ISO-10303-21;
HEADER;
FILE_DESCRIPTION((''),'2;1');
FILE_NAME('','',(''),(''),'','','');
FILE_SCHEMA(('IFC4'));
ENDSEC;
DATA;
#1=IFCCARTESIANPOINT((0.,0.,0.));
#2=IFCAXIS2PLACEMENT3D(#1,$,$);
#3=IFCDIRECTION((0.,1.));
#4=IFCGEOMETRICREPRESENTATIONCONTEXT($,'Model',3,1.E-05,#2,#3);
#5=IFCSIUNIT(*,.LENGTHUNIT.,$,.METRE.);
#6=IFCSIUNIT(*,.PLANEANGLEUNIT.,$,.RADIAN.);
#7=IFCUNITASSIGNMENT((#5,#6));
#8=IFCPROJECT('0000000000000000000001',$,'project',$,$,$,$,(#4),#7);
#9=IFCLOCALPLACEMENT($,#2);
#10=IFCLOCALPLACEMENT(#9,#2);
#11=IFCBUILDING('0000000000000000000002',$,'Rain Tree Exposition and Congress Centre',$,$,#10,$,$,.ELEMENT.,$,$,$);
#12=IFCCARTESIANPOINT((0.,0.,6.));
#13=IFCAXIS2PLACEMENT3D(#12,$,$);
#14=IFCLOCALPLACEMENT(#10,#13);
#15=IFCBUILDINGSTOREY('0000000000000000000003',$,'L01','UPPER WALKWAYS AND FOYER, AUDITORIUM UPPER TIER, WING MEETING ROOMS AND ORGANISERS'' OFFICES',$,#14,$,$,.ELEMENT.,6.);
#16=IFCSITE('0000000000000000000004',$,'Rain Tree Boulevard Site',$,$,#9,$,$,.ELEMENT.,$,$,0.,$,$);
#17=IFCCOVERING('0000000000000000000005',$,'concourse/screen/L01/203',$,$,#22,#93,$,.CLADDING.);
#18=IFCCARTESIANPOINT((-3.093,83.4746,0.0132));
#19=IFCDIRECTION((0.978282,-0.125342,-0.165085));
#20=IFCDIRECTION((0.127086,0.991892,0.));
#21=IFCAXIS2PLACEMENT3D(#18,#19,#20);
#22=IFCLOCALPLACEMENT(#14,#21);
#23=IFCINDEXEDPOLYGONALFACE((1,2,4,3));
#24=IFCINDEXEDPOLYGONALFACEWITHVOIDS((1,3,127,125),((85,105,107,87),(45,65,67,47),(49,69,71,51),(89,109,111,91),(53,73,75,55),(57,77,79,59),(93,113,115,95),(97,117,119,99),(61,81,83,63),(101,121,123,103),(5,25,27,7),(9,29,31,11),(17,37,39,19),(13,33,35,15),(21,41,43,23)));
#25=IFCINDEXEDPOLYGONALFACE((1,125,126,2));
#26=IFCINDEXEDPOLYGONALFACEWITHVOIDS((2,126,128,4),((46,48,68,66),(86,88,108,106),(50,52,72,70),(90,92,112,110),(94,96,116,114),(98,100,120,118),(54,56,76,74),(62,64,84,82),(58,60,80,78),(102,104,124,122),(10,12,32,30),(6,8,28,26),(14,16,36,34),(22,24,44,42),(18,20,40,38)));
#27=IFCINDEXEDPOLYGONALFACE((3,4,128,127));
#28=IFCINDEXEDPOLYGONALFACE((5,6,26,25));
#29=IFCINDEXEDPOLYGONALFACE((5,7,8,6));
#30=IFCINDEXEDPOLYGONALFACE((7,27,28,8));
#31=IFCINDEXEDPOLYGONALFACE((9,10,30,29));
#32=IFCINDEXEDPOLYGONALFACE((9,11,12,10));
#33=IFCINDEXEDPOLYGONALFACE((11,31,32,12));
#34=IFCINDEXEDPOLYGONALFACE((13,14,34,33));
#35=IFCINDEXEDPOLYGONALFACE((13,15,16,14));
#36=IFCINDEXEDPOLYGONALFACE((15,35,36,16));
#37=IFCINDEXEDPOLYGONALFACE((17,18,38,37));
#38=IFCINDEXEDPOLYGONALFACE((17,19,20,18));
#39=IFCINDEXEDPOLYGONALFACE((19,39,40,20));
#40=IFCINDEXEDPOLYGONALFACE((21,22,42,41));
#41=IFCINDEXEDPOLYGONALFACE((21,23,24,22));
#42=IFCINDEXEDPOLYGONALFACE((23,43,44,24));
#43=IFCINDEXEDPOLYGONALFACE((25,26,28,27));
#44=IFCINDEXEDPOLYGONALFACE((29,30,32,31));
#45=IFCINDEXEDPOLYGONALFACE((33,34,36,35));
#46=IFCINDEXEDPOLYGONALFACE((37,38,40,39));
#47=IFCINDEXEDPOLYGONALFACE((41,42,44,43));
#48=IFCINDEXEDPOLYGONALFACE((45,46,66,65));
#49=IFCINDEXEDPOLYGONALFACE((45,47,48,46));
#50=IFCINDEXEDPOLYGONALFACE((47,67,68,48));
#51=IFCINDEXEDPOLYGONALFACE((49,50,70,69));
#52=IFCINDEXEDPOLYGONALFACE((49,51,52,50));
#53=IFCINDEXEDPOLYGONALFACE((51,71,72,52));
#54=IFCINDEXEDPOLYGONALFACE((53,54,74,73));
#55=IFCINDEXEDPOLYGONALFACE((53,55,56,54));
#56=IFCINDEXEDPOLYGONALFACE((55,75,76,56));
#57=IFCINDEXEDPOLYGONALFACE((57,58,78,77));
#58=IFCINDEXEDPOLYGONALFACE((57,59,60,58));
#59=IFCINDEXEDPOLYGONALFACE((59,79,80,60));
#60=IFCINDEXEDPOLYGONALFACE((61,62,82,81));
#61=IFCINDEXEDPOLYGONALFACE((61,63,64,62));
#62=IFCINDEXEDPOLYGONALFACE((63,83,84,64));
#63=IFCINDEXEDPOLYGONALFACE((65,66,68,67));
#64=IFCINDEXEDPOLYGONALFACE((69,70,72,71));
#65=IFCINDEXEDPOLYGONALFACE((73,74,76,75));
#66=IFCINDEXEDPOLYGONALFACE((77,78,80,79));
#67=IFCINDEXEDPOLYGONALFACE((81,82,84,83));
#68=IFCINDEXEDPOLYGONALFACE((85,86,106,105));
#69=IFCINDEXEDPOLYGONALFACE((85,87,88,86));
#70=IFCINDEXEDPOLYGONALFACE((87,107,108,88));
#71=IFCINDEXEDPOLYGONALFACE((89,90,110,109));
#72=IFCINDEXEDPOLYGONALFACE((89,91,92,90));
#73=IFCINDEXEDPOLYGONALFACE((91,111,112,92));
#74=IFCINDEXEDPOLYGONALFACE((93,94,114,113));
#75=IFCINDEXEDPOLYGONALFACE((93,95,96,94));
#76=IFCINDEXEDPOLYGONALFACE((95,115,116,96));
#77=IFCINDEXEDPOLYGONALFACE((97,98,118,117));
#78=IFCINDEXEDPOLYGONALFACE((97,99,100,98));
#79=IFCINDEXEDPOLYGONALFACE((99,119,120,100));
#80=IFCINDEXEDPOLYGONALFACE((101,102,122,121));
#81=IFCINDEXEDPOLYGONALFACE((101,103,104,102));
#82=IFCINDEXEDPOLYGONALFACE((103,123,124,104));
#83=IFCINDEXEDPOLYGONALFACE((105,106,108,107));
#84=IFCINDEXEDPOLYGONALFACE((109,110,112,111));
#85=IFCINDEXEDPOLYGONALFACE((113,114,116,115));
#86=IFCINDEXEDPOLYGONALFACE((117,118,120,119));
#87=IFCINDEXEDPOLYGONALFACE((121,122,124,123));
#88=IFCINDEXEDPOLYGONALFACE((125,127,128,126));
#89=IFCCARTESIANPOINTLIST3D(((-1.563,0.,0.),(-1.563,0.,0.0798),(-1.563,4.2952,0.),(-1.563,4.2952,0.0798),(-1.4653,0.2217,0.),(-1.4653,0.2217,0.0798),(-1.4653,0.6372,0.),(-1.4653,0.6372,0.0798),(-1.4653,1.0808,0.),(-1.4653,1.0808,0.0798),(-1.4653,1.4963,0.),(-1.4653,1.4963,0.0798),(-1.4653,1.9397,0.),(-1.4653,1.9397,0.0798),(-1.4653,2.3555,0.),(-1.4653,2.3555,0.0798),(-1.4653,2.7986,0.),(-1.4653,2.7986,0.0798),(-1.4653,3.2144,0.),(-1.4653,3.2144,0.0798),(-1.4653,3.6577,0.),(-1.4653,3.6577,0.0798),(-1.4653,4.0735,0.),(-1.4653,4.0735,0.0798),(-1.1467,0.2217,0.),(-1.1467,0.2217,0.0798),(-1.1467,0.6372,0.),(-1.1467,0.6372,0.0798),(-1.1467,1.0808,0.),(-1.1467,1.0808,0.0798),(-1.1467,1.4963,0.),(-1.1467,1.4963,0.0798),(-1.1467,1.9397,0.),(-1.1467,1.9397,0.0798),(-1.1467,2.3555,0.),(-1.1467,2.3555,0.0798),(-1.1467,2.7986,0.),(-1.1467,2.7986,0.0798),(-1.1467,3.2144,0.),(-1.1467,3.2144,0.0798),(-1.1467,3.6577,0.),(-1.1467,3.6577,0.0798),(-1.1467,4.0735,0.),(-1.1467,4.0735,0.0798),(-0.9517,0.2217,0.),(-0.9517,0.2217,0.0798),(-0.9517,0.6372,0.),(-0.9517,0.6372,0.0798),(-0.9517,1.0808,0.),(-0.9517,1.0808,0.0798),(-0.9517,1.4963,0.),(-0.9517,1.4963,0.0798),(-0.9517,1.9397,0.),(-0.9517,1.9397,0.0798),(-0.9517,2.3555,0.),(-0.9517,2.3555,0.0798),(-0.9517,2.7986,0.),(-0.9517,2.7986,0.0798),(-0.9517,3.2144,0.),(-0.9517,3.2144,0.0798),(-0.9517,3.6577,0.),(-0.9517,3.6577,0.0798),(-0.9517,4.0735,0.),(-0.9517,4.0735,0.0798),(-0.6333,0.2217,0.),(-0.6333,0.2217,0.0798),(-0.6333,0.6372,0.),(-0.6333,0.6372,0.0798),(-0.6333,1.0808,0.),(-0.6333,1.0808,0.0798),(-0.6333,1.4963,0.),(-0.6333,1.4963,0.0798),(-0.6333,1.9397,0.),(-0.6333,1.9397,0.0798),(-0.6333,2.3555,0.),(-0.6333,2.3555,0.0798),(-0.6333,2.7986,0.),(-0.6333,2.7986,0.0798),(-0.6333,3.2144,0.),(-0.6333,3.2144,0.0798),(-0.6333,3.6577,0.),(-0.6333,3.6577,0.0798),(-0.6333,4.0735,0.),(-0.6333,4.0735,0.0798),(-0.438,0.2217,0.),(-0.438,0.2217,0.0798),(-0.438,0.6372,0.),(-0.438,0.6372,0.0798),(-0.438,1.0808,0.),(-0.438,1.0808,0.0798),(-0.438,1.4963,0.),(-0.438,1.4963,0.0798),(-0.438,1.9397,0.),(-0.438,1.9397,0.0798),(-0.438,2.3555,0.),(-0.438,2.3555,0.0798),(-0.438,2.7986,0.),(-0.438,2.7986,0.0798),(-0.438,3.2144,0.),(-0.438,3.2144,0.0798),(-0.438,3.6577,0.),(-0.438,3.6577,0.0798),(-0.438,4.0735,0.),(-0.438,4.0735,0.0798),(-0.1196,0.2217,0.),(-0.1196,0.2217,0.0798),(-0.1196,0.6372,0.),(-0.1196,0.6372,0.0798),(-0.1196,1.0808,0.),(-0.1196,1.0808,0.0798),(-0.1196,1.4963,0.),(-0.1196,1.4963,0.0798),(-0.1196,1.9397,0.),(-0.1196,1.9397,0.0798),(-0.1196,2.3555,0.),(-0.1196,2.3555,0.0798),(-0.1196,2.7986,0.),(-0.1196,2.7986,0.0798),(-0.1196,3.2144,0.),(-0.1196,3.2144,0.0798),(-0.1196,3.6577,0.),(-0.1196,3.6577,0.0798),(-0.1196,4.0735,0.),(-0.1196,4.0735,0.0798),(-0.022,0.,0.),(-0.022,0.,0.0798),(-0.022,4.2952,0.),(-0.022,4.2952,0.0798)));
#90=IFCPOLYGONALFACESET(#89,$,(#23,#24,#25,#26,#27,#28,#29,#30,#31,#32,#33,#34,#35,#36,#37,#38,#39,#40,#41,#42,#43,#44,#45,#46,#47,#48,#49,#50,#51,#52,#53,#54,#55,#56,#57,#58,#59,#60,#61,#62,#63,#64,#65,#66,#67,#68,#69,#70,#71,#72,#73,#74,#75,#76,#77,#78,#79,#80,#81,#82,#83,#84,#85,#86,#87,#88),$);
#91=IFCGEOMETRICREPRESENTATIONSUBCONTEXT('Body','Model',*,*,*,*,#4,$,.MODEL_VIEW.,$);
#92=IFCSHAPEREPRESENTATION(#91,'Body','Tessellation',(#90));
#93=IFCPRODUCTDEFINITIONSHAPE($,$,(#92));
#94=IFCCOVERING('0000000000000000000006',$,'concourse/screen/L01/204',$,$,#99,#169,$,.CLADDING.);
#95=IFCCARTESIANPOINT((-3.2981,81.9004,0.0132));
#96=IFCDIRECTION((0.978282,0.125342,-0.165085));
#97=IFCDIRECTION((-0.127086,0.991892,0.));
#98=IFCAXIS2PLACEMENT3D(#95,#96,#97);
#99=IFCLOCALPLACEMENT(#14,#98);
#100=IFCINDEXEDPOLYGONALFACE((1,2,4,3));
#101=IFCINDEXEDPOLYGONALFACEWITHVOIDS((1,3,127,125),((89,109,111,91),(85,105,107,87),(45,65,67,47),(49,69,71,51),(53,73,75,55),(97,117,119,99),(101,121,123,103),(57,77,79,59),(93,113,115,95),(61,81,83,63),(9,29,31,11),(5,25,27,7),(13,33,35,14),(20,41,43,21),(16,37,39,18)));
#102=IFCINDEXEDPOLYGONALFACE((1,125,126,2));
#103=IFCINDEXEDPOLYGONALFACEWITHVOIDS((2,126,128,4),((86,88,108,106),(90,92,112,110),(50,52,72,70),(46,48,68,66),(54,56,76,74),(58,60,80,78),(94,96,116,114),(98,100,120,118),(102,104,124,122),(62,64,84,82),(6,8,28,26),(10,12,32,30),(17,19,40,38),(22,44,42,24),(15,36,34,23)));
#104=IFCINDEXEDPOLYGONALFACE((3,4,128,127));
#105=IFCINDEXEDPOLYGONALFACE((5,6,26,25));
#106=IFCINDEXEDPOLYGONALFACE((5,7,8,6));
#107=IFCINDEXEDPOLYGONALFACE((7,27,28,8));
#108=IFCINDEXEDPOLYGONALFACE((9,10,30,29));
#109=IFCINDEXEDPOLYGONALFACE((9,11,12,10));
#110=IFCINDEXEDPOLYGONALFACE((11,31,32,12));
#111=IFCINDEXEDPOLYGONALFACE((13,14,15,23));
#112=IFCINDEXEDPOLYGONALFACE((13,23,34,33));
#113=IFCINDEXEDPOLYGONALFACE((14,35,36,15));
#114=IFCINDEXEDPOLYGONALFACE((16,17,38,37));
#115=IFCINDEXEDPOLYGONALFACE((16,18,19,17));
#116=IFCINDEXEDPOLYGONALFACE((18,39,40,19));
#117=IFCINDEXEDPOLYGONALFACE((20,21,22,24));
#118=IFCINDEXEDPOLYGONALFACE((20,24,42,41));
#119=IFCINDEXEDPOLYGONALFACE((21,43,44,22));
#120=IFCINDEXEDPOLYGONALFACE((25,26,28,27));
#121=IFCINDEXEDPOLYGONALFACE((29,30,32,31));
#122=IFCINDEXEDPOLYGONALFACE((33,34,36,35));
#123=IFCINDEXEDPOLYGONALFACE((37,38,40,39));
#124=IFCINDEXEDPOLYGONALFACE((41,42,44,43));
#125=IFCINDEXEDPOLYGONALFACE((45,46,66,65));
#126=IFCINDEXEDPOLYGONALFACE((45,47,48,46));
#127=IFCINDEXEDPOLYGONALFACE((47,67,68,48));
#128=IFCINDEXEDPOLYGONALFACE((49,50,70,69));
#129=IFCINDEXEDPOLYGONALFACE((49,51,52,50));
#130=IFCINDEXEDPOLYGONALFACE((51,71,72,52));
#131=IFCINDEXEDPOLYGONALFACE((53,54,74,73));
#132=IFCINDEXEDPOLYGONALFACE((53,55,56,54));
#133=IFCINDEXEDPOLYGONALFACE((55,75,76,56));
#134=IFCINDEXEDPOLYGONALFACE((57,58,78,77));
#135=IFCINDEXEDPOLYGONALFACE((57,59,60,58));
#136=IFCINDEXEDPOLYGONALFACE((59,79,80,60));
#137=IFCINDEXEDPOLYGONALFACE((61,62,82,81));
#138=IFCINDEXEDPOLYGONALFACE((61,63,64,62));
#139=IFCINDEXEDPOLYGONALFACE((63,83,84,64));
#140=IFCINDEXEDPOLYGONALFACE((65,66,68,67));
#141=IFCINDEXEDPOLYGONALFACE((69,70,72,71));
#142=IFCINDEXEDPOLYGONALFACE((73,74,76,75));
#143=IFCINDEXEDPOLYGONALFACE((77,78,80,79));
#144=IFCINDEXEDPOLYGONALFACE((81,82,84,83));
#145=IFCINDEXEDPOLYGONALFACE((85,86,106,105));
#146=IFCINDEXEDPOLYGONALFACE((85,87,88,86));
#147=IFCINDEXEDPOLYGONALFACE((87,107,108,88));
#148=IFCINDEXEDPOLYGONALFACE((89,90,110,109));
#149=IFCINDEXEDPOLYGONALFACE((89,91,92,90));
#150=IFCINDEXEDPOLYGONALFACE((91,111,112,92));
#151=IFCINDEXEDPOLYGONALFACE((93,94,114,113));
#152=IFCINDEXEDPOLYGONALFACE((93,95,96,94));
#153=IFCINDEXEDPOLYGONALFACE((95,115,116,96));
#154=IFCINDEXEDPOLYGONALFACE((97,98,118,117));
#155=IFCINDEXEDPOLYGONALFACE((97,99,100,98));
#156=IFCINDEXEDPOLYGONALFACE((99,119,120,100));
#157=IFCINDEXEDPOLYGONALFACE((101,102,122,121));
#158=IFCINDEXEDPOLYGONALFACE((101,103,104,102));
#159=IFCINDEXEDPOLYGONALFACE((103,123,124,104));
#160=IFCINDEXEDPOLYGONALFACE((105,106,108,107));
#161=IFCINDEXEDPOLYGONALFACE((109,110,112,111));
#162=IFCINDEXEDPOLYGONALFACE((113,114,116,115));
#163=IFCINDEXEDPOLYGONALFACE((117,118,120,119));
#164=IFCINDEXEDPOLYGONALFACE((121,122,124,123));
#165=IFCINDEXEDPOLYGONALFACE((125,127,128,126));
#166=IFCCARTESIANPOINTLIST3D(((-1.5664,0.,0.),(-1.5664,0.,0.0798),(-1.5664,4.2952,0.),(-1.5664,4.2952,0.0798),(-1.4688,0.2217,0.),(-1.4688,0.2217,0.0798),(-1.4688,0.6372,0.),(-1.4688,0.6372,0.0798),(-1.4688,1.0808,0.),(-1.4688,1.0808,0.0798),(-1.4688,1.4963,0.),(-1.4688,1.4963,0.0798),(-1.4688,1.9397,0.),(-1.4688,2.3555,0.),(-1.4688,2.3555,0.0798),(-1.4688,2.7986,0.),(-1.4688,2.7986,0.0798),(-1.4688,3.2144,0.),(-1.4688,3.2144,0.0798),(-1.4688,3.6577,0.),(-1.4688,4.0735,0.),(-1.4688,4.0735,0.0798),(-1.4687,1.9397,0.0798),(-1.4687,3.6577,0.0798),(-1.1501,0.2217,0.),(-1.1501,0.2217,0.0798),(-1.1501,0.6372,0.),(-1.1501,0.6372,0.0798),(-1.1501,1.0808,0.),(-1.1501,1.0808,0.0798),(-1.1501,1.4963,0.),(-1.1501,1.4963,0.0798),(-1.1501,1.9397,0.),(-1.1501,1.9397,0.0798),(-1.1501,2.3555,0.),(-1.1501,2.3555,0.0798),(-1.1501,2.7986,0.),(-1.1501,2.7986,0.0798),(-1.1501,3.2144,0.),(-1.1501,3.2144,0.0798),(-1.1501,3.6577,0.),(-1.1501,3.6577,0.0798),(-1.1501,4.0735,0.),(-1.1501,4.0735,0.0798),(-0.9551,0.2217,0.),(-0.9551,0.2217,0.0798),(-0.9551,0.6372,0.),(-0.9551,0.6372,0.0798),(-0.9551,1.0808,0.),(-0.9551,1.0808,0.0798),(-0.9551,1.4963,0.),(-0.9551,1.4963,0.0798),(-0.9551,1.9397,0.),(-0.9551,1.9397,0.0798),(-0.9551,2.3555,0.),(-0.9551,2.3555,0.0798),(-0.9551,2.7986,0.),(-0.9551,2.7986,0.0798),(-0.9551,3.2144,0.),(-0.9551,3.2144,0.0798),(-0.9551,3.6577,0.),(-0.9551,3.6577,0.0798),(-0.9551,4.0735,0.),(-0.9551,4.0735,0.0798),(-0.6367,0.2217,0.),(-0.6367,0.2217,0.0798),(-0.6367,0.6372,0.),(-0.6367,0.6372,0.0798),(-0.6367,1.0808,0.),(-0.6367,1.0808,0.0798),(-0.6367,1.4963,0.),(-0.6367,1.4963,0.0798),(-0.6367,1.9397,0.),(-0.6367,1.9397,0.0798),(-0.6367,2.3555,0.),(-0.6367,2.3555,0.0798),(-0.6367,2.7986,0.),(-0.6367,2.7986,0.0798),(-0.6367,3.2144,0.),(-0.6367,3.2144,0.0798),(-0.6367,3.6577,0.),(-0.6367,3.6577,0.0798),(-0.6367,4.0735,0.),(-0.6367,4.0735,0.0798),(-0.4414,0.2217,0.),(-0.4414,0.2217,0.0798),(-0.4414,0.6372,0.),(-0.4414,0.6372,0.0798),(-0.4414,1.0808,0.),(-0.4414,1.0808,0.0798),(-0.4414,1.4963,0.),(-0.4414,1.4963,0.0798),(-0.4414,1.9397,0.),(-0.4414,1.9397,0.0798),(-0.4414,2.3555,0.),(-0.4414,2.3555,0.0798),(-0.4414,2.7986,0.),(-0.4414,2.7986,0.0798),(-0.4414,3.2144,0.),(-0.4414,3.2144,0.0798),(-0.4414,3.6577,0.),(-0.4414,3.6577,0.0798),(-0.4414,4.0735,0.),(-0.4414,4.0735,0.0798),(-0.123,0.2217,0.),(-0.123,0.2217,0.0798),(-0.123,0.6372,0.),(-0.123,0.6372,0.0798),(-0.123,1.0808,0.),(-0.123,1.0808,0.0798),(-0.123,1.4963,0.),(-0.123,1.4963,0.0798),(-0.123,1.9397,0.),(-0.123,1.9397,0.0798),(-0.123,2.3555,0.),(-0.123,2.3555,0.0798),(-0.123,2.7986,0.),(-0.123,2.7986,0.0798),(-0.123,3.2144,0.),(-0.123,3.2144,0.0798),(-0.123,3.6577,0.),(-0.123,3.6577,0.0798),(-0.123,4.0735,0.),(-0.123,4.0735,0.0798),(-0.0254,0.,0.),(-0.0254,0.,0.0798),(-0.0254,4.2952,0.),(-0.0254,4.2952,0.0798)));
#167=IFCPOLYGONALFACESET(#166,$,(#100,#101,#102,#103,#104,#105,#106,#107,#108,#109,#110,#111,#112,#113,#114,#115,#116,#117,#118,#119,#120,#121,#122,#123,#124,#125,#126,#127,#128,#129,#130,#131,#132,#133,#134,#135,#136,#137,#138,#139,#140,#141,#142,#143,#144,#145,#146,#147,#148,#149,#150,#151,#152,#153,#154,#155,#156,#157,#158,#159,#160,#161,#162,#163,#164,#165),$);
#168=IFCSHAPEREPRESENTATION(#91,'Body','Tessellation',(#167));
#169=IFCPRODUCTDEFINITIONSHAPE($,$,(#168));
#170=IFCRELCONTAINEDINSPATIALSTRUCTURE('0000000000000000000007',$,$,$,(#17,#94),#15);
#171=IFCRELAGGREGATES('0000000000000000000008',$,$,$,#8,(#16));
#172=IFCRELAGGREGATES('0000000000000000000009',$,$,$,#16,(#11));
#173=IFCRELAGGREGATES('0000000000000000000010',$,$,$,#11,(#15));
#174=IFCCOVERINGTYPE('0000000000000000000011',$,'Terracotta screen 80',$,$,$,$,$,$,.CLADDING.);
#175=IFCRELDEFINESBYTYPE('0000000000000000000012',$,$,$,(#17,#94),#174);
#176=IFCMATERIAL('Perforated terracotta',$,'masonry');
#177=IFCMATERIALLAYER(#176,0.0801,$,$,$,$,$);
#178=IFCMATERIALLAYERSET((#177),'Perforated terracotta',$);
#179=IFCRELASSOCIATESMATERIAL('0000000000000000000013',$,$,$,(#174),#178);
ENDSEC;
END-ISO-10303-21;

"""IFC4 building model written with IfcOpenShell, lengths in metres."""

from ifc_helpers import new_model, si_unit, direction, frame, origin, place, context, subcontext, project, spatial, polyline, outline, extrude, material, layer, layer_set, type_object, element, save


model = new_model("IFC4")

# Units and contexts
model_context = context("Model", 3, precision=1e-05, world=origin(), true_north=direction((0.0, 1.0)))
body_context = subcontext(model_context, "Body", "Model", "MODEL_VIEW")
ifc_project = project(units=[si_unit("LENGTHUNIT", "METRE"), si_unit("PLANEANGLEUNIT", "RADIAN")], contexts=[model_context])

# Site, building, storey
site_placement = place(None, origin())
site = spatial("IfcSite", under=ifc_project, at=site_placement, Name="Rain Tree Boulevard Site", CompositionType="ELEMENT", RefElevation=0.0)
building_placement = place(site_placement, origin())
building = spatial("IfcBuilding", under=site, at=building_placement, Name="Rain Tree Exposition and Congress Centre", CompositionType="ELEMENT")
storey_placement = place(building_placement, frame((0.0, 0.0, 6.0)))
storey = spatial("IfcBuildingStorey", under=building, at=storey_placement, Name="L01", Description="UPPER WALKWAYS AND FOYER, AUDITORIUM UPPER TIER, WING MEETING ROOMS AND ORGANISERS' OFFICES", CompositionType="ELEMENT", Elevation=6.0)

# Coverings
ifc_material_1 = material(Name="Perforated terracotta", Category="masonry")
ifc_layer_1 = layer(ifc_material_1, 0.0801)
ifc_layer_set_1 = layer_set([ifc_layer_1], Name="Perforated terracotta")
covering_type = type_object("IfcCoveringType", Name="Terracotta screen 80", PredefinedType="CLADDING", material=ifc_layer_set_1)
covering_1_placement = place(storey_placement, frame((-3.093, 83.4746, 0.0132), z_axis=(0.978282, -0.125342, -0.165085), x_axis=(0.127086, 0.991892, 0.0)))
element("IfcCovering", 1, at=covering_1_placement, inside=storey, type_object=covering_type, Name="concourse/screen/L01/203", PredefinedType="CLADDING", context=body_context, shape_type="SweptSolid", body=[
    extrude(outline(polyline([(-1.563, 0.0), (-1.563, 4.2952), (-0.022, 4.2952), (-0.022, 0.0), (-1.563, 0.0)]), holes=[polyline([(-0.1196, 0.2217), (-0.1196, 0.6372), (-0.438, 0.6372), (-0.438, 0.2217), (-0.1196, 0.2217)]), polyline([(-0.1196, 1.0808), (-0.1196, 1.4963), (-0.438, 1.4963), (-0.438, 1.0808), (-0.1196, 1.0808)]), polyline([(-0.1196, 1.9397), (-0.1196, 2.3555), (-0.438, 2.3555), (-0.438, 1.9397), (-0.1196, 1.9397)]), polyline([(-0.1196, 2.7986), (-0.1196, 3.2144), (-0.438, 3.2144), (-0.438, 2.7986), (-0.1196, 2.7986)]), polyline([(-0.1196, 3.6577), (-0.1196, 4.0735), (-0.438, 4.0735), (-0.438, 3.6577), (-0.1196, 3.6577)]), polyline([(-0.6333, 0.2217), (-0.6333, 0.6372), (-0.9517, 0.6372), (-0.9517, 0.2217), (-0.6333, 0.2217)]), polyline([(-0.6333, 1.0808), (-0.6333, 1.4963), (-0.9517, 1.4963), (-0.9517, 1.0808), (-0.6333, 1.0808)]), polyline([(-0.6333, 1.9397), (-0.6333, 2.3555), (-0.9517, 2.3555), (-0.9517, 1.9397), (-0.6333, 1.9397)]), polyline([(-0.6333, 2.7986), (-0.6333, 3.2144), (-0.9517, 3.2144), (-0.9517, 2.7986), (-0.6333, 2.7986)]), polyline([(-0.6333, 3.6577), (-0.6333, 4.0735), (-0.9517, 4.0735), (-0.9517, 3.6577), (-0.6333, 3.6577)]), polyline([(-1.1467, 0.2217), (-1.1467, 0.6372), (-1.4653, 0.6372), (-1.4653, 0.2217), (-1.1467, 0.2217)]), polyline([(-1.1467, 1.0808), (-1.1467, 1.4963), (-1.4653, 1.4963), (-1.4653, 1.0808), (-1.1467, 1.0808)]), polyline([(-1.1467, 1.9397), (-1.1467, 2.3555), (-1.4653, 2.3555), (-1.4653, 1.9397), (-1.1467, 1.9397)]), polyline([(-1.1467, 2.7986), (-1.1467, 3.2144), (-1.4653, 3.2144), (-1.4653, 2.7986), (-1.1467, 2.7986)]), polyline([(-1.1467, 3.6577), (-1.1467, 4.0735), (-1.4653, 4.0735), (-1.4653, 3.6577), (-1.1467, 3.6577)])]), origin(), (0.0, 0.0, 1.0), 0.0798),
])
covering_2_placement = place(storey_placement, frame((-3.2981, 81.9004, 0.0132), z_axis=(0.978282, 0.125342, -0.165085), x_axis=(-0.127086, 0.991892, 0.0)))
element("IfcCovering", 2, at=covering_2_placement, inside=storey, type_object=covering_type, Name="concourse/screen/L01/204", PredefinedType="CLADDING", context=body_context, shape_type="SweptSolid", body=[
    extrude(outline(polyline([(-1.5664, 0.0), (-1.5664, 4.2952), (-0.0254, 4.2952), (-0.0254, 0.0), (-1.5664, 0.0)]), holes=[polyline([(-0.123, 0.2217), (-0.123, 0.6372), (-0.4414, 0.6372), (-0.4414, 0.2217), (-0.123, 0.2217)]), polyline([(-0.123, 1.0808), (-0.123, 1.4963), (-0.4414, 1.4963), (-0.4414, 1.0808), (-0.123, 1.0808)]), polyline([(-0.123, 1.9397), (-0.123, 2.3555), (-0.4414, 2.3555), (-0.4414, 1.9397), (-0.123, 1.9397)]), polyline([(-0.123, 2.7986), (-0.123, 3.2144), (-0.4414, 3.2144), (-0.4414, 2.7986), (-0.123, 2.7986)]), polyline([(-0.123, 3.6577), (-0.123, 4.0735), (-0.4414, 4.0735), (-0.4414, 3.6577), (-0.123, 3.6577)]), polyline([(-0.6367, 0.2217), (-0.6367, 0.6372), (-0.9551, 0.6372), (-0.9551, 0.2217), (-0.6367, 0.2217)]), polyline([(-0.6367, 1.0808), (-0.6367, 1.4963), (-0.9551, 1.4963), (-0.9551, 1.0808), (-0.6367, 1.0808)]), polyline([(-0.6367, 1.9397), (-0.6367, 2.3555), (-0.9551, 2.3555), (-0.9551, 1.9397), (-0.6367, 1.9397)]), polyline([(-0.6367, 2.7986), (-0.6367, 3.2144), (-0.9551, 3.2144), (-0.9551, 2.7986), (-0.6367, 2.7986)]), polyline([(-0.6367, 3.6577), (-0.6367, 4.0735), (-0.9551, 4.0735), (-0.9551, 3.6577), (-0.6367, 3.6577)]), polyline([(-1.1501, 0.2217), (-1.1501, 0.6372), (-1.4688, 0.6372), (-1.4688, 0.2217), (-1.1501, 0.2217)]), polyline([(-1.1501, 1.0808), (-1.1501, 1.4963), (-1.4688, 1.4963), (-1.4688, 1.0808), (-1.1501, 1.0808)]), polyline([(-1.1501, 1.9397), (-1.1501, 2.3555), (-1.4688, 2.3555), (-1.4688, 1.9397), (-1.1501, 1.9397)]), polyline([(-1.1501, 2.7986), (-1.1501, 3.2144), (-1.4688, 3.2144), (-1.4688, 2.7986), (-1.1501, 2.7986)]), polyline([(-1.1501, 3.6577), (-1.1501, 4.0735), (-1.4688, 4.0735), (-1.4688, 3.6577), (-1.1501, 3.6577)])]), origin(), (0.0, 0.0, 1.0), 0.0798),
])

save(model, "model.ifc")
